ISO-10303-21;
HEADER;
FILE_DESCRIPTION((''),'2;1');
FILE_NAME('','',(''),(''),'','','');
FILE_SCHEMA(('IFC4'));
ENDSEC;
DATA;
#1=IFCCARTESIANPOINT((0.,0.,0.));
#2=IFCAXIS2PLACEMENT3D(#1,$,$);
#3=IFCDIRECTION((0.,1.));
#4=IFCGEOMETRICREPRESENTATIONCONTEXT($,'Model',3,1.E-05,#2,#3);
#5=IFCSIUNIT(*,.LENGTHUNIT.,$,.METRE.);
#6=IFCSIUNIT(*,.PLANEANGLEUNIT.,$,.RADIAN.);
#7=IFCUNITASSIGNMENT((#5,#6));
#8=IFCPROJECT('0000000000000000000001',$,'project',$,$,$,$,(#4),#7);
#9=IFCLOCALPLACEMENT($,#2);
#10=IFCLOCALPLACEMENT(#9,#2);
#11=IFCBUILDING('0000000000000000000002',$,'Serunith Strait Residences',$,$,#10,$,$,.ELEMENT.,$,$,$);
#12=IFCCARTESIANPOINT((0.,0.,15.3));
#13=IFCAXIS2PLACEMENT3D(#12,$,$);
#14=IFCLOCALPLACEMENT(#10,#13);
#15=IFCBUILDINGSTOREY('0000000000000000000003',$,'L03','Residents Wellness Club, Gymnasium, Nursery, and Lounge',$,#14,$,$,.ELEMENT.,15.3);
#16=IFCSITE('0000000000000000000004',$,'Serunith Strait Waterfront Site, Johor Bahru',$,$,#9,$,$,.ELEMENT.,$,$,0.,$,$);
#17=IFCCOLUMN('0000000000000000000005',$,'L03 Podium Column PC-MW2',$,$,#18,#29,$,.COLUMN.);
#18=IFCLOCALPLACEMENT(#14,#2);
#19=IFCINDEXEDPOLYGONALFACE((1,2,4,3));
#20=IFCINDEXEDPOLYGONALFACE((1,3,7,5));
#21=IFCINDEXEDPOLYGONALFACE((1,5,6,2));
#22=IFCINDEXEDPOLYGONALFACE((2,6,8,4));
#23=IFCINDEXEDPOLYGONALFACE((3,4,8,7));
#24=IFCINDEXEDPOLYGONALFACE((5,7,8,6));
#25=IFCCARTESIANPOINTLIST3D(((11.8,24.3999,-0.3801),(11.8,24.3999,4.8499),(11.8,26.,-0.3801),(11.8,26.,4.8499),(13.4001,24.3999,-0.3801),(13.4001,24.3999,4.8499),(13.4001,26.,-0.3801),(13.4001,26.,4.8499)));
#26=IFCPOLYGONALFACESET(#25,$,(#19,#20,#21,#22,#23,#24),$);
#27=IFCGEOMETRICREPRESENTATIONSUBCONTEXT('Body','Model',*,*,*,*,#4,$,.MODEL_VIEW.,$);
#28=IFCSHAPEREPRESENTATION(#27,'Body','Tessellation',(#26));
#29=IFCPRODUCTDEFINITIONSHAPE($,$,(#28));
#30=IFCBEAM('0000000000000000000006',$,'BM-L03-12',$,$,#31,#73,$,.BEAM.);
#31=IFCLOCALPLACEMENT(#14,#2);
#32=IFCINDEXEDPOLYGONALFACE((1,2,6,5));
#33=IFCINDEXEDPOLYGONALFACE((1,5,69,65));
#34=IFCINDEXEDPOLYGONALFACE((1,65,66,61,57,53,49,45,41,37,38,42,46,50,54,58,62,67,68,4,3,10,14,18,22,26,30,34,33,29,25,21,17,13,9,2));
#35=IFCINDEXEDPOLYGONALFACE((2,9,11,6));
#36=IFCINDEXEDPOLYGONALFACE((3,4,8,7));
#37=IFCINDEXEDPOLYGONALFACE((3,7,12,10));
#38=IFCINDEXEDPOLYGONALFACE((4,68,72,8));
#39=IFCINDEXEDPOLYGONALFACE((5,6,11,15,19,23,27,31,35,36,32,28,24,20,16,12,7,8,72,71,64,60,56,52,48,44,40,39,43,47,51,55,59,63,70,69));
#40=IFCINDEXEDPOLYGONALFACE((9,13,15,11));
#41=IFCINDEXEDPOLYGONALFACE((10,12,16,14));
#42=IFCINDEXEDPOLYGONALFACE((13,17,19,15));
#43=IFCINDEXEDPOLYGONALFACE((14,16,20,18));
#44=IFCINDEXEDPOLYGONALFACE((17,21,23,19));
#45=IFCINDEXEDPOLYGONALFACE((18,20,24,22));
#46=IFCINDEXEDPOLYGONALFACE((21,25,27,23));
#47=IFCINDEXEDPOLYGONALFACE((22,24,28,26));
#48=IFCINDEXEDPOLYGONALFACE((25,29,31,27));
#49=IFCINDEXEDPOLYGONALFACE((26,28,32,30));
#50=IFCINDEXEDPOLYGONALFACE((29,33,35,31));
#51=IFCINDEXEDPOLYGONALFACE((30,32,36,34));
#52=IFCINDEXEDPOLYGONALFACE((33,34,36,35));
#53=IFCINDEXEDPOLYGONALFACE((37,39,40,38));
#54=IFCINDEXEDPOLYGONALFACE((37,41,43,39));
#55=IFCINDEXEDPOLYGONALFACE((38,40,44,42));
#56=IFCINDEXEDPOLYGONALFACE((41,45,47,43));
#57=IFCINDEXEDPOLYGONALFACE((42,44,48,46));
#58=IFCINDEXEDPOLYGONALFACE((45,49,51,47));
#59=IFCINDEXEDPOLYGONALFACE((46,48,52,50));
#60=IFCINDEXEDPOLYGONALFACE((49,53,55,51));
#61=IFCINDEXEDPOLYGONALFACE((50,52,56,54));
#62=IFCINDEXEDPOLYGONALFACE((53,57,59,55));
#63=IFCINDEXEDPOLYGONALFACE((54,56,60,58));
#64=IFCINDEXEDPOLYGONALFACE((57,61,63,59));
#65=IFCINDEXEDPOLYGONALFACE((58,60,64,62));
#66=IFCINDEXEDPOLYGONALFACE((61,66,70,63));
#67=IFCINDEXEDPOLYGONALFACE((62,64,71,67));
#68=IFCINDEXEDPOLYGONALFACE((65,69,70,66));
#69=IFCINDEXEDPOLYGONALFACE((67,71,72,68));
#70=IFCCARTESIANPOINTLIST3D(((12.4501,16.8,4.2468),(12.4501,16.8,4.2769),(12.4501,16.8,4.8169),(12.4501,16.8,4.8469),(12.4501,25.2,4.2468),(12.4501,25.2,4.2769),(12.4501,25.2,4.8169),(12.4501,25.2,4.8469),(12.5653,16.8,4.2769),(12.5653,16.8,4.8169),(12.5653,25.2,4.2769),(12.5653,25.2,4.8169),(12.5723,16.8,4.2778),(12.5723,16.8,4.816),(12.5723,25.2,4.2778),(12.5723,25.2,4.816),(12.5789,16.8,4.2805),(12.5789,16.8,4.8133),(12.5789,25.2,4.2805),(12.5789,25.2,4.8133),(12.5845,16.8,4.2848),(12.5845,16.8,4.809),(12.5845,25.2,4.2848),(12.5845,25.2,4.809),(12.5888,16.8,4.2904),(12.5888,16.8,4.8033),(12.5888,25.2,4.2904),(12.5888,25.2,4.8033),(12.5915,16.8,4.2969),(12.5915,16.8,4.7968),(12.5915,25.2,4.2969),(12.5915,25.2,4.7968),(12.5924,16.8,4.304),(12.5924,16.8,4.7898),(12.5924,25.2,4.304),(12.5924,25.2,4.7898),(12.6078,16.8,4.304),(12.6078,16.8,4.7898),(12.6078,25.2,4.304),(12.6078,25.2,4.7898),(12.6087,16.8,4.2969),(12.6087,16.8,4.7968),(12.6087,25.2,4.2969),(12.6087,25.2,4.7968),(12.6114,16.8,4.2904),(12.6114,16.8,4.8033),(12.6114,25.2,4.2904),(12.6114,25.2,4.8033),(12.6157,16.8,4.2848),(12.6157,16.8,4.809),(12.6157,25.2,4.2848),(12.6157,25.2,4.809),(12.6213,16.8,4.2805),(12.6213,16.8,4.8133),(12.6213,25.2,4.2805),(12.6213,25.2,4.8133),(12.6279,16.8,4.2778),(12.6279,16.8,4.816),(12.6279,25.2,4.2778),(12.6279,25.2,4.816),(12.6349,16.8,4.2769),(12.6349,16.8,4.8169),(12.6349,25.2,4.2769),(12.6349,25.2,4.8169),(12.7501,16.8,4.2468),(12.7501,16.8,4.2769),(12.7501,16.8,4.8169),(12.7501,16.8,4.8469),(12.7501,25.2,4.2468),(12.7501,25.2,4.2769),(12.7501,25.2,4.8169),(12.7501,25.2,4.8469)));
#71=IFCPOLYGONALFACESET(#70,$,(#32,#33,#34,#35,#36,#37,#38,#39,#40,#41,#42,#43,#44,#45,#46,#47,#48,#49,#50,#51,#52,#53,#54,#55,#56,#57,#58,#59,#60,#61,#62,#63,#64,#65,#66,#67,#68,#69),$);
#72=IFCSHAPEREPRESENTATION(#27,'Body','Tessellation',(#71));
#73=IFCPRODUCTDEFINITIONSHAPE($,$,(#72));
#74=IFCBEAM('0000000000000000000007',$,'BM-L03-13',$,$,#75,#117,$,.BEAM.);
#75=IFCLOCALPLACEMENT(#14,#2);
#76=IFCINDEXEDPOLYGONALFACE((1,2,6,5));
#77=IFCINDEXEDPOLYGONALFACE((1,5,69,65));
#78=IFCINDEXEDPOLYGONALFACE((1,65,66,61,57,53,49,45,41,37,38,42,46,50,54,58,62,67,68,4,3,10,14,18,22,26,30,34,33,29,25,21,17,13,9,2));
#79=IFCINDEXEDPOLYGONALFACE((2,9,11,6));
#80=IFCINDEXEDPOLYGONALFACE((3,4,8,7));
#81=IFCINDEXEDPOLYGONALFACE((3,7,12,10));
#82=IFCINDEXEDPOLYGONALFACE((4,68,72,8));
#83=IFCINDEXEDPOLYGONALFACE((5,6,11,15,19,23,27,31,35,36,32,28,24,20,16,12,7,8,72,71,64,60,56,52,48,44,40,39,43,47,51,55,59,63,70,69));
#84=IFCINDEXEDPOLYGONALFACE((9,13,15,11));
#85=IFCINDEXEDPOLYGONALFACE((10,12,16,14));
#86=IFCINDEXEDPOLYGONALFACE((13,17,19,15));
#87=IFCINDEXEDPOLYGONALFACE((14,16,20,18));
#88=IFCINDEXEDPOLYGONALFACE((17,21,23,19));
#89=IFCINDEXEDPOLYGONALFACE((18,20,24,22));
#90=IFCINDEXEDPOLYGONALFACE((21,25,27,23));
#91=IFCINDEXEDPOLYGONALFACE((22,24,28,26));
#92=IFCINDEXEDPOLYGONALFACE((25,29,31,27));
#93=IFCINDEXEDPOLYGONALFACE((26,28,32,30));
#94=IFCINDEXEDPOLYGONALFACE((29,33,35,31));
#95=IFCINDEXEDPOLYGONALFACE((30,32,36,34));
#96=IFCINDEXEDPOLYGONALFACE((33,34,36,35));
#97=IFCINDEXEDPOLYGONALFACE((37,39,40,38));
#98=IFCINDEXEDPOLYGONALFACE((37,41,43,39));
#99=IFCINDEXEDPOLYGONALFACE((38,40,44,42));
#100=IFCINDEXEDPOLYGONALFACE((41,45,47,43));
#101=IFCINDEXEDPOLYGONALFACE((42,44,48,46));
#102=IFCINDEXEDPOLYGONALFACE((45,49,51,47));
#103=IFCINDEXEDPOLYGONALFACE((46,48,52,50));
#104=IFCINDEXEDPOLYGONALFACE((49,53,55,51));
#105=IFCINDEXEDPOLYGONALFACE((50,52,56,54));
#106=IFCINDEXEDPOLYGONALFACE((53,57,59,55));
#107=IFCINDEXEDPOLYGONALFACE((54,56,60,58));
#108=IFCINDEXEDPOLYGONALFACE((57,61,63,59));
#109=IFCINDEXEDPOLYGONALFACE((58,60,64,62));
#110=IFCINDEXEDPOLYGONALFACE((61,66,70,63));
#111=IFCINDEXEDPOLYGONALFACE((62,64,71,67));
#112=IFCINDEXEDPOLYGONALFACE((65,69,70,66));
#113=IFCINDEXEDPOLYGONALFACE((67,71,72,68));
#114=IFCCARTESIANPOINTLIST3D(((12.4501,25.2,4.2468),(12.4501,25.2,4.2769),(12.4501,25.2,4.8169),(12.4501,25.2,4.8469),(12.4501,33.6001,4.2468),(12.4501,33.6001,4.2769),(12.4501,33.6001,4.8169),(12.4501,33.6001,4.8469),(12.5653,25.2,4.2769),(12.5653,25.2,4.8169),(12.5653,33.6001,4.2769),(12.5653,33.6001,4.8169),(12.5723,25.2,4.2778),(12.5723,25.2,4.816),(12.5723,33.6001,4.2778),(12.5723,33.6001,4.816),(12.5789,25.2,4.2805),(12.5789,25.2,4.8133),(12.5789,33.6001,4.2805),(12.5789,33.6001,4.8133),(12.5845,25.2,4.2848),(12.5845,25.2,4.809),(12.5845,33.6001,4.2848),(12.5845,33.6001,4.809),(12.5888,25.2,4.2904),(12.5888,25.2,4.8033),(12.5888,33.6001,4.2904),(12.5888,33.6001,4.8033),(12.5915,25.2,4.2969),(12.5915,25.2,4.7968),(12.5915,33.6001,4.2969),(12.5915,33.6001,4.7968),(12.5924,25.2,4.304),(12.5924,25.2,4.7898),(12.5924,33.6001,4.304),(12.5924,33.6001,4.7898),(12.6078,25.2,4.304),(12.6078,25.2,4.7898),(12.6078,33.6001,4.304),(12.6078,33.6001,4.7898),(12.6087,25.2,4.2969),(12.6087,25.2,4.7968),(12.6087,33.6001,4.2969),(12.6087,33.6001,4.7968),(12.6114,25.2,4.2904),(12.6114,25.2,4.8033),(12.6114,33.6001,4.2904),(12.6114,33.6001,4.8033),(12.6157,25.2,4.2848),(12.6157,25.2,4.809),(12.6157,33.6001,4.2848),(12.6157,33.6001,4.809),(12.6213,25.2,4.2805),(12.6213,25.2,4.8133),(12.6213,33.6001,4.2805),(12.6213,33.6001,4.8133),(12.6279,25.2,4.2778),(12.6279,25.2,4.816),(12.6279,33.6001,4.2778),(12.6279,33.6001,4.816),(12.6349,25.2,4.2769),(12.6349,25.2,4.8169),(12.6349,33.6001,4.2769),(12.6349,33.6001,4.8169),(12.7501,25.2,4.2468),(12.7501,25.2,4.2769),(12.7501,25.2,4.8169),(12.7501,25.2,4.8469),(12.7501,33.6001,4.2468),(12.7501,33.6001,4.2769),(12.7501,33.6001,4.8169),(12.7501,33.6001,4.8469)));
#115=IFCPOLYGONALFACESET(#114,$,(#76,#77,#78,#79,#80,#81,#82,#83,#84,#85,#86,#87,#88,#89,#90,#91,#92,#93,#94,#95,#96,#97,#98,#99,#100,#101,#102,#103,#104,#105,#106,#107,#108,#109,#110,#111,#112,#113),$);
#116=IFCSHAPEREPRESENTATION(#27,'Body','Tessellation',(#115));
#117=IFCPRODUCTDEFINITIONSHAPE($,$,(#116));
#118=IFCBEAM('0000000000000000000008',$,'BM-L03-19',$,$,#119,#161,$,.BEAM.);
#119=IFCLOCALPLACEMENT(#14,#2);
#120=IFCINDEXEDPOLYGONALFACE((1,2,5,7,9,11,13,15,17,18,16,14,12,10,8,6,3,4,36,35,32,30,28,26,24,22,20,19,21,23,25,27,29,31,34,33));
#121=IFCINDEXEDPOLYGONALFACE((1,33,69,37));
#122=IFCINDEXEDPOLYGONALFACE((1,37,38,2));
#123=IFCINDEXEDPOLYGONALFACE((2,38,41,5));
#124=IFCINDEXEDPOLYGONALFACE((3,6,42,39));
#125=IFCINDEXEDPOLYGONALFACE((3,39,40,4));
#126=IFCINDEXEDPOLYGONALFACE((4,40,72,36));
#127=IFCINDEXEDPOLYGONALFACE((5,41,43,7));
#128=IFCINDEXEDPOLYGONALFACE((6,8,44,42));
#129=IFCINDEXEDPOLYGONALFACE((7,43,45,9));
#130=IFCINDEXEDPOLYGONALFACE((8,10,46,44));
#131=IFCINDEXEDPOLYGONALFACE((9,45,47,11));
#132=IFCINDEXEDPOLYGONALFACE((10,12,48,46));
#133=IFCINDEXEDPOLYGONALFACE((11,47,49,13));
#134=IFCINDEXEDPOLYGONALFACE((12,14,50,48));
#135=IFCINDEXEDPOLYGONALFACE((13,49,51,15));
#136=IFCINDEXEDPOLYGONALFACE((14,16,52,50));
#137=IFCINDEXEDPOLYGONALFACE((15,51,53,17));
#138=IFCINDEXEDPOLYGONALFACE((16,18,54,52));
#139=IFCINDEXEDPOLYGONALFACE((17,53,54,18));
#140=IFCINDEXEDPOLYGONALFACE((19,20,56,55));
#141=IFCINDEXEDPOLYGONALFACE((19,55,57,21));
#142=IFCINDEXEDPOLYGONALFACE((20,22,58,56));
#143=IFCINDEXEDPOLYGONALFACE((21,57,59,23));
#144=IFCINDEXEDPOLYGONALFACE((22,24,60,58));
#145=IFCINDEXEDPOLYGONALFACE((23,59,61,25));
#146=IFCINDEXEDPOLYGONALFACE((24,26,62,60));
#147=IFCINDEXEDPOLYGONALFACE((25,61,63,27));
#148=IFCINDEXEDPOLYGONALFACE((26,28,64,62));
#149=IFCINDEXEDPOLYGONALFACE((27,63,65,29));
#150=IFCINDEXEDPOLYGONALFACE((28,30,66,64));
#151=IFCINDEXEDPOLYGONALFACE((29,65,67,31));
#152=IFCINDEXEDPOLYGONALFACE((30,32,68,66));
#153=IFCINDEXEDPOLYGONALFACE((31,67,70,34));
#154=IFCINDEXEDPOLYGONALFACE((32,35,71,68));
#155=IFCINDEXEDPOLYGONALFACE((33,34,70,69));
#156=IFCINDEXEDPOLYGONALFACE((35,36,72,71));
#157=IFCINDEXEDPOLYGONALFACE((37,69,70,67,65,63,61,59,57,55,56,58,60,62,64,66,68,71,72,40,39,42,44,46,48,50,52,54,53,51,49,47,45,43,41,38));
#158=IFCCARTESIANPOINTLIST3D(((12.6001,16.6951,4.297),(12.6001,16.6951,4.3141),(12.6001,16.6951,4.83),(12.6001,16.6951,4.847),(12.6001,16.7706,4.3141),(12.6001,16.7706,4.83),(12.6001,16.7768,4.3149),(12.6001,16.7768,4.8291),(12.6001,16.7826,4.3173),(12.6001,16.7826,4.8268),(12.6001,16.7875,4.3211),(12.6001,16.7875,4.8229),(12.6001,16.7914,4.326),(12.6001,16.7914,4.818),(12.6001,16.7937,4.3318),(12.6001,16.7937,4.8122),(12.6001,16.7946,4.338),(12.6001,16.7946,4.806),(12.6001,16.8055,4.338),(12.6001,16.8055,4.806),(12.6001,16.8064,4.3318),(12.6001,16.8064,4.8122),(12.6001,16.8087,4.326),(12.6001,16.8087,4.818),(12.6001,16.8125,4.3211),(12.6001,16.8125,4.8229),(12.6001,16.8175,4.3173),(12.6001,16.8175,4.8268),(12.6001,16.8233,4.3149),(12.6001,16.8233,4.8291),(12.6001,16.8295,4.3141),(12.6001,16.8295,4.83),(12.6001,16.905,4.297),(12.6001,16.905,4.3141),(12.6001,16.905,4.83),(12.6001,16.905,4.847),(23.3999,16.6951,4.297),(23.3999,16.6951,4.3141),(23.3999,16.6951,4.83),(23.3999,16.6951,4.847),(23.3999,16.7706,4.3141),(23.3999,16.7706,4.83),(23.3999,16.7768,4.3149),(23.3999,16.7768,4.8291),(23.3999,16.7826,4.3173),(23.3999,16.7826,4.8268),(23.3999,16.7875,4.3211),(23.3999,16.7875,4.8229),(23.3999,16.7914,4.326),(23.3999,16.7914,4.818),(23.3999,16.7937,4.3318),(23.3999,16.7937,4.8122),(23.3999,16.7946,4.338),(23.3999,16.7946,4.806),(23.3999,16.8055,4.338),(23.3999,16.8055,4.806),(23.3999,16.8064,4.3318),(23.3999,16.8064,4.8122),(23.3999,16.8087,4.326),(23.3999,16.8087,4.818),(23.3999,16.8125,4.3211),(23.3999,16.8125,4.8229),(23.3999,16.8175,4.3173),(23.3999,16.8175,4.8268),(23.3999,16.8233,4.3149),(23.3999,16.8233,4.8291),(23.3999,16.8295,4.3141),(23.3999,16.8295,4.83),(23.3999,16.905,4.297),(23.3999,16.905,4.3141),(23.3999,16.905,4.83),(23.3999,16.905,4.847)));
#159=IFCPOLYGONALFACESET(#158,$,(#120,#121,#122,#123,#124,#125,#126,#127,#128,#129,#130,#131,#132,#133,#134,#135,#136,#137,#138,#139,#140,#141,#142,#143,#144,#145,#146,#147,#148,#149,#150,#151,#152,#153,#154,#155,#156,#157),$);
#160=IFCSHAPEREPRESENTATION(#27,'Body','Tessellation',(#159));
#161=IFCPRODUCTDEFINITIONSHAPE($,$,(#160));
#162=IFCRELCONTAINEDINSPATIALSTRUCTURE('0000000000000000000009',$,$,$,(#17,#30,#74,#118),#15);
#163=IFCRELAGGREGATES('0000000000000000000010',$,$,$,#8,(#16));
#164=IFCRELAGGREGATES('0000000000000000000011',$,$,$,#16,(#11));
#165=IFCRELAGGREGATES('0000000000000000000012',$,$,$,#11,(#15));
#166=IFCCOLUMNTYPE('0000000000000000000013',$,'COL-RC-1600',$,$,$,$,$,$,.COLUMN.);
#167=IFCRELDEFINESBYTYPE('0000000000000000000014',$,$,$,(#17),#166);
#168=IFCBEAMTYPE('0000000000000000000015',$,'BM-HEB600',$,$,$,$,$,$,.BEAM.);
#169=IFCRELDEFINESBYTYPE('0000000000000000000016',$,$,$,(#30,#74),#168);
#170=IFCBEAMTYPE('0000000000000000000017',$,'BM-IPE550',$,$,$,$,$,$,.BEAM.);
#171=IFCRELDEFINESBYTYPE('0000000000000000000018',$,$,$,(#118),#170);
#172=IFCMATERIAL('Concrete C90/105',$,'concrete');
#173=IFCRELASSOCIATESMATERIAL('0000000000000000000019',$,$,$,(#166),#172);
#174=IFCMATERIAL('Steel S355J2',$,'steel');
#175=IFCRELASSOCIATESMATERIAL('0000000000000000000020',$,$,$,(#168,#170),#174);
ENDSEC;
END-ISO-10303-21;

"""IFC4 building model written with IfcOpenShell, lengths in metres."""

from ifc_helpers import new_model, si_unit, direction, frame, origin, origin_2d, place, context, subcontext, project, spatial, rectangle, i_section, extrude, source, transform, mapped, material, material_profile, profile_set, type_object, element, save


model = new_model("IFC4")

# Units and contexts
model_context = context("Model", 3, precision=1e-05, world=origin(), true_north=direction((0.0, 1.0)))
body_context = subcontext(model_context, "Body", "Model", "MODEL_VIEW")
ifc_project = project(units=[si_unit("LENGTHUNIT", "METRE"), si_unit("PLANEANGLEUNIT", "RADIAN")], contexts=[model_context])

# Site, building, storey
site_placement = place(None, origin())
site = spatial("IfcSite", under=ifc_project, at=site_placement, Name="Serunith Strait Waterfront Site, Johor Bahru", CompositionType="ELEMENT", RefElevation=0.0)
building_placement = place(site_placement, origin())
building = spatial("IfcBuilding", under=site, at=building_placement, Name="Serunith Strait Residences", CompositionType="ELEMENT")
storey_placement = place(building_placement, frame((0.0, 0.0, 15.3)))
storey = spatial("IfcBuildingStorey", under=building, at=storey_placement, Name="L03", Description="Residents Wellness Club, Gymnasium, Nursery, and Lounge", CompositionType="ELEMENT", Elevation=15.3)

# Column
ifc_material_1 = material(Name="Concrete C90/105", Category="concrete")
ifc_material_profile_1 = material_profile(ifc_material_1, rectangle(XDim=1.6001, YDim=1.6001, at=origin_2d()), Name="RC 1600x1600")
ifc_profile_set_1 = profile_set([ifc_material_profile_1], Name="Concrete C90/105")
column_type = type_object("IfcColumnType", Name="COL-RC-1600", PredefinedType="COLUMN", material=ifc_profile_set_1)
shared_shape_1 = source(origin(), body_context, "Body", "SweptSolid", [
    extrude(rectangle(XDim=1.6001, YDim=1.6001, at=origin_2d()), origin(), (0.0, 0.0, 1.0), 5.23),
])
column_placement = place(storey_placement, frame((12.6001, 25.2, -0.3801), z_axis=(0.0, 0.0, 1.0), x_axis=(1.0, 0.0, 0.0)))
element("IfcColumn", 1, at=column_placement, inside=storey, type_object=column_type, Name="L03 Podium Column PC-MW2", PredefinedType="COLUMN", context=body_context, shape_type="MappedRepresentation", body=[
    mapped(shared_shape_1, transform((0.0, 0.0, 0.0), scale=1.0)),
])

# Beams
ifc_material_2 = material(Name="Steel S355J2", Category="steel")
ifc_material_profile_2 = material_profile(ifc_material_2, i_section(OverallWidth=0.3, OverallDepth=0.6001, WebThickness=0.0154, FlangeThickness=0.03, FilletRadius=0.0271, at=origin_2d()), Name="HEB 600")
ifc_profile_set_2 = profile_set([ifc_material_profile_2], Name="Steel S355J2")
beam_type_1 = type_object("IfcBeamType", Name="BM-HEB600", PredefinedType="BEAM", material=ifc_profile_set_2)
shared_shape_2 = source(origin(), body_context, "Body", "SweptSolid", [
    extrude(i_section(OverallWidth=0.3, OverallDepth=0.6001, WebThickness=0.0154, FlangeThickness=0.03, FilletRadius=0.0271, at=origin_2d()), origin(), (0.0, 0.0, 1.0), 8.3999),
])
beam_1_placement = place(storey_placement, frame((12.6001, 16.8, 4.5469), z_axis=(0.0, 1.0, 0.0), x_axis=(-1.0, 0.0, 0.0)))
element("IfcBeam", 2, at=beam_1_placement, inside=storey, type_object=beam_type_1, Name="BM-L03-12", PredefinedType="BEAM", context=body_context, shape_type="MappedRepresentation", body=[
    mapped(shared_shape_2, transform((0.0, 0.0, 0.0), scale=1.0)),
])
shared_shape_3 = source(origin(), body_context, "Body", "SweptSolid", [
    extrude(i_section(OverallWidth=0.3, OverallDepth=0.6001, WebThickness=0.0154, FlangeThickness=0.03, FilletRadius=0.0271, at=origin_2d()), origin(), (0.0, 0.0, 1.0), 8.4001),
])
beam_2_placement = place(storey_placement, frame((12.6001, 25.2, 4.5469), z_axis=(0.0, 1.0, 0.0), x_axis=(-1.0, 0.0, 0.0)))
element("IfcBeam", 3, at=beam_2_placement, inside=storey, type_object=beam_type_1, Name="BM-L03-13", PredefinedType="BEAM", context=body_context, shape_type="MappedRepresentation", body=[
    mapped(shared_shape_3, transform((0.0, 0.0, 0.0), scale=1.0)),
])
ifc_material_profile_3 = material_profile(ifc_material_2, i_section(OverallWidth=0.21, OverallDepth=0.55, WebThickness=0.011, FlangeThickness=0.0171, FilletRadius=0.0239, at=origin_2d()), Name="IPE 550")
ifc_profile_set_3 = profile_set([ifc_material_profile_3], Name="Steel S355J2")
beam_type_2 = type_object("IfcBeamType", Name="BM-IPE550", PredefinedType="BEAM", material=ifc_profile_set_3)
shared_shape_4 = source(origin(), body_context, "Body", "SweptSolid", [
    extrude(i_section(OverallWidth=0.21, OverallDepth=0.55, WebThickness=0.011, FlangeThickness=0.0171, FilletRadius=0.0239, at=origin_2d()), origin(), (0.0, 0.0, 1.0), 10.7998),
])
beam_3_placement = place(storey_placement, frame((12.6001, 16.8, 4.572), z_axis=(1.0, 0.0, 0.0), x_axis=(0.0, 1.0, 0.0)))
element("IfcBeam", 4, at=beam_3_placement, inside=storey, type_object=beam_type_2, Name="BM-L03-19", PredefinedType="BEAM", context=body_context, shape_type="MappedRepresentation", body=[
    mapped(shared_shape_4, transform((0.0, 0.0, 0.0), scale=1.0)),
])

save(model, "model.ifc")
